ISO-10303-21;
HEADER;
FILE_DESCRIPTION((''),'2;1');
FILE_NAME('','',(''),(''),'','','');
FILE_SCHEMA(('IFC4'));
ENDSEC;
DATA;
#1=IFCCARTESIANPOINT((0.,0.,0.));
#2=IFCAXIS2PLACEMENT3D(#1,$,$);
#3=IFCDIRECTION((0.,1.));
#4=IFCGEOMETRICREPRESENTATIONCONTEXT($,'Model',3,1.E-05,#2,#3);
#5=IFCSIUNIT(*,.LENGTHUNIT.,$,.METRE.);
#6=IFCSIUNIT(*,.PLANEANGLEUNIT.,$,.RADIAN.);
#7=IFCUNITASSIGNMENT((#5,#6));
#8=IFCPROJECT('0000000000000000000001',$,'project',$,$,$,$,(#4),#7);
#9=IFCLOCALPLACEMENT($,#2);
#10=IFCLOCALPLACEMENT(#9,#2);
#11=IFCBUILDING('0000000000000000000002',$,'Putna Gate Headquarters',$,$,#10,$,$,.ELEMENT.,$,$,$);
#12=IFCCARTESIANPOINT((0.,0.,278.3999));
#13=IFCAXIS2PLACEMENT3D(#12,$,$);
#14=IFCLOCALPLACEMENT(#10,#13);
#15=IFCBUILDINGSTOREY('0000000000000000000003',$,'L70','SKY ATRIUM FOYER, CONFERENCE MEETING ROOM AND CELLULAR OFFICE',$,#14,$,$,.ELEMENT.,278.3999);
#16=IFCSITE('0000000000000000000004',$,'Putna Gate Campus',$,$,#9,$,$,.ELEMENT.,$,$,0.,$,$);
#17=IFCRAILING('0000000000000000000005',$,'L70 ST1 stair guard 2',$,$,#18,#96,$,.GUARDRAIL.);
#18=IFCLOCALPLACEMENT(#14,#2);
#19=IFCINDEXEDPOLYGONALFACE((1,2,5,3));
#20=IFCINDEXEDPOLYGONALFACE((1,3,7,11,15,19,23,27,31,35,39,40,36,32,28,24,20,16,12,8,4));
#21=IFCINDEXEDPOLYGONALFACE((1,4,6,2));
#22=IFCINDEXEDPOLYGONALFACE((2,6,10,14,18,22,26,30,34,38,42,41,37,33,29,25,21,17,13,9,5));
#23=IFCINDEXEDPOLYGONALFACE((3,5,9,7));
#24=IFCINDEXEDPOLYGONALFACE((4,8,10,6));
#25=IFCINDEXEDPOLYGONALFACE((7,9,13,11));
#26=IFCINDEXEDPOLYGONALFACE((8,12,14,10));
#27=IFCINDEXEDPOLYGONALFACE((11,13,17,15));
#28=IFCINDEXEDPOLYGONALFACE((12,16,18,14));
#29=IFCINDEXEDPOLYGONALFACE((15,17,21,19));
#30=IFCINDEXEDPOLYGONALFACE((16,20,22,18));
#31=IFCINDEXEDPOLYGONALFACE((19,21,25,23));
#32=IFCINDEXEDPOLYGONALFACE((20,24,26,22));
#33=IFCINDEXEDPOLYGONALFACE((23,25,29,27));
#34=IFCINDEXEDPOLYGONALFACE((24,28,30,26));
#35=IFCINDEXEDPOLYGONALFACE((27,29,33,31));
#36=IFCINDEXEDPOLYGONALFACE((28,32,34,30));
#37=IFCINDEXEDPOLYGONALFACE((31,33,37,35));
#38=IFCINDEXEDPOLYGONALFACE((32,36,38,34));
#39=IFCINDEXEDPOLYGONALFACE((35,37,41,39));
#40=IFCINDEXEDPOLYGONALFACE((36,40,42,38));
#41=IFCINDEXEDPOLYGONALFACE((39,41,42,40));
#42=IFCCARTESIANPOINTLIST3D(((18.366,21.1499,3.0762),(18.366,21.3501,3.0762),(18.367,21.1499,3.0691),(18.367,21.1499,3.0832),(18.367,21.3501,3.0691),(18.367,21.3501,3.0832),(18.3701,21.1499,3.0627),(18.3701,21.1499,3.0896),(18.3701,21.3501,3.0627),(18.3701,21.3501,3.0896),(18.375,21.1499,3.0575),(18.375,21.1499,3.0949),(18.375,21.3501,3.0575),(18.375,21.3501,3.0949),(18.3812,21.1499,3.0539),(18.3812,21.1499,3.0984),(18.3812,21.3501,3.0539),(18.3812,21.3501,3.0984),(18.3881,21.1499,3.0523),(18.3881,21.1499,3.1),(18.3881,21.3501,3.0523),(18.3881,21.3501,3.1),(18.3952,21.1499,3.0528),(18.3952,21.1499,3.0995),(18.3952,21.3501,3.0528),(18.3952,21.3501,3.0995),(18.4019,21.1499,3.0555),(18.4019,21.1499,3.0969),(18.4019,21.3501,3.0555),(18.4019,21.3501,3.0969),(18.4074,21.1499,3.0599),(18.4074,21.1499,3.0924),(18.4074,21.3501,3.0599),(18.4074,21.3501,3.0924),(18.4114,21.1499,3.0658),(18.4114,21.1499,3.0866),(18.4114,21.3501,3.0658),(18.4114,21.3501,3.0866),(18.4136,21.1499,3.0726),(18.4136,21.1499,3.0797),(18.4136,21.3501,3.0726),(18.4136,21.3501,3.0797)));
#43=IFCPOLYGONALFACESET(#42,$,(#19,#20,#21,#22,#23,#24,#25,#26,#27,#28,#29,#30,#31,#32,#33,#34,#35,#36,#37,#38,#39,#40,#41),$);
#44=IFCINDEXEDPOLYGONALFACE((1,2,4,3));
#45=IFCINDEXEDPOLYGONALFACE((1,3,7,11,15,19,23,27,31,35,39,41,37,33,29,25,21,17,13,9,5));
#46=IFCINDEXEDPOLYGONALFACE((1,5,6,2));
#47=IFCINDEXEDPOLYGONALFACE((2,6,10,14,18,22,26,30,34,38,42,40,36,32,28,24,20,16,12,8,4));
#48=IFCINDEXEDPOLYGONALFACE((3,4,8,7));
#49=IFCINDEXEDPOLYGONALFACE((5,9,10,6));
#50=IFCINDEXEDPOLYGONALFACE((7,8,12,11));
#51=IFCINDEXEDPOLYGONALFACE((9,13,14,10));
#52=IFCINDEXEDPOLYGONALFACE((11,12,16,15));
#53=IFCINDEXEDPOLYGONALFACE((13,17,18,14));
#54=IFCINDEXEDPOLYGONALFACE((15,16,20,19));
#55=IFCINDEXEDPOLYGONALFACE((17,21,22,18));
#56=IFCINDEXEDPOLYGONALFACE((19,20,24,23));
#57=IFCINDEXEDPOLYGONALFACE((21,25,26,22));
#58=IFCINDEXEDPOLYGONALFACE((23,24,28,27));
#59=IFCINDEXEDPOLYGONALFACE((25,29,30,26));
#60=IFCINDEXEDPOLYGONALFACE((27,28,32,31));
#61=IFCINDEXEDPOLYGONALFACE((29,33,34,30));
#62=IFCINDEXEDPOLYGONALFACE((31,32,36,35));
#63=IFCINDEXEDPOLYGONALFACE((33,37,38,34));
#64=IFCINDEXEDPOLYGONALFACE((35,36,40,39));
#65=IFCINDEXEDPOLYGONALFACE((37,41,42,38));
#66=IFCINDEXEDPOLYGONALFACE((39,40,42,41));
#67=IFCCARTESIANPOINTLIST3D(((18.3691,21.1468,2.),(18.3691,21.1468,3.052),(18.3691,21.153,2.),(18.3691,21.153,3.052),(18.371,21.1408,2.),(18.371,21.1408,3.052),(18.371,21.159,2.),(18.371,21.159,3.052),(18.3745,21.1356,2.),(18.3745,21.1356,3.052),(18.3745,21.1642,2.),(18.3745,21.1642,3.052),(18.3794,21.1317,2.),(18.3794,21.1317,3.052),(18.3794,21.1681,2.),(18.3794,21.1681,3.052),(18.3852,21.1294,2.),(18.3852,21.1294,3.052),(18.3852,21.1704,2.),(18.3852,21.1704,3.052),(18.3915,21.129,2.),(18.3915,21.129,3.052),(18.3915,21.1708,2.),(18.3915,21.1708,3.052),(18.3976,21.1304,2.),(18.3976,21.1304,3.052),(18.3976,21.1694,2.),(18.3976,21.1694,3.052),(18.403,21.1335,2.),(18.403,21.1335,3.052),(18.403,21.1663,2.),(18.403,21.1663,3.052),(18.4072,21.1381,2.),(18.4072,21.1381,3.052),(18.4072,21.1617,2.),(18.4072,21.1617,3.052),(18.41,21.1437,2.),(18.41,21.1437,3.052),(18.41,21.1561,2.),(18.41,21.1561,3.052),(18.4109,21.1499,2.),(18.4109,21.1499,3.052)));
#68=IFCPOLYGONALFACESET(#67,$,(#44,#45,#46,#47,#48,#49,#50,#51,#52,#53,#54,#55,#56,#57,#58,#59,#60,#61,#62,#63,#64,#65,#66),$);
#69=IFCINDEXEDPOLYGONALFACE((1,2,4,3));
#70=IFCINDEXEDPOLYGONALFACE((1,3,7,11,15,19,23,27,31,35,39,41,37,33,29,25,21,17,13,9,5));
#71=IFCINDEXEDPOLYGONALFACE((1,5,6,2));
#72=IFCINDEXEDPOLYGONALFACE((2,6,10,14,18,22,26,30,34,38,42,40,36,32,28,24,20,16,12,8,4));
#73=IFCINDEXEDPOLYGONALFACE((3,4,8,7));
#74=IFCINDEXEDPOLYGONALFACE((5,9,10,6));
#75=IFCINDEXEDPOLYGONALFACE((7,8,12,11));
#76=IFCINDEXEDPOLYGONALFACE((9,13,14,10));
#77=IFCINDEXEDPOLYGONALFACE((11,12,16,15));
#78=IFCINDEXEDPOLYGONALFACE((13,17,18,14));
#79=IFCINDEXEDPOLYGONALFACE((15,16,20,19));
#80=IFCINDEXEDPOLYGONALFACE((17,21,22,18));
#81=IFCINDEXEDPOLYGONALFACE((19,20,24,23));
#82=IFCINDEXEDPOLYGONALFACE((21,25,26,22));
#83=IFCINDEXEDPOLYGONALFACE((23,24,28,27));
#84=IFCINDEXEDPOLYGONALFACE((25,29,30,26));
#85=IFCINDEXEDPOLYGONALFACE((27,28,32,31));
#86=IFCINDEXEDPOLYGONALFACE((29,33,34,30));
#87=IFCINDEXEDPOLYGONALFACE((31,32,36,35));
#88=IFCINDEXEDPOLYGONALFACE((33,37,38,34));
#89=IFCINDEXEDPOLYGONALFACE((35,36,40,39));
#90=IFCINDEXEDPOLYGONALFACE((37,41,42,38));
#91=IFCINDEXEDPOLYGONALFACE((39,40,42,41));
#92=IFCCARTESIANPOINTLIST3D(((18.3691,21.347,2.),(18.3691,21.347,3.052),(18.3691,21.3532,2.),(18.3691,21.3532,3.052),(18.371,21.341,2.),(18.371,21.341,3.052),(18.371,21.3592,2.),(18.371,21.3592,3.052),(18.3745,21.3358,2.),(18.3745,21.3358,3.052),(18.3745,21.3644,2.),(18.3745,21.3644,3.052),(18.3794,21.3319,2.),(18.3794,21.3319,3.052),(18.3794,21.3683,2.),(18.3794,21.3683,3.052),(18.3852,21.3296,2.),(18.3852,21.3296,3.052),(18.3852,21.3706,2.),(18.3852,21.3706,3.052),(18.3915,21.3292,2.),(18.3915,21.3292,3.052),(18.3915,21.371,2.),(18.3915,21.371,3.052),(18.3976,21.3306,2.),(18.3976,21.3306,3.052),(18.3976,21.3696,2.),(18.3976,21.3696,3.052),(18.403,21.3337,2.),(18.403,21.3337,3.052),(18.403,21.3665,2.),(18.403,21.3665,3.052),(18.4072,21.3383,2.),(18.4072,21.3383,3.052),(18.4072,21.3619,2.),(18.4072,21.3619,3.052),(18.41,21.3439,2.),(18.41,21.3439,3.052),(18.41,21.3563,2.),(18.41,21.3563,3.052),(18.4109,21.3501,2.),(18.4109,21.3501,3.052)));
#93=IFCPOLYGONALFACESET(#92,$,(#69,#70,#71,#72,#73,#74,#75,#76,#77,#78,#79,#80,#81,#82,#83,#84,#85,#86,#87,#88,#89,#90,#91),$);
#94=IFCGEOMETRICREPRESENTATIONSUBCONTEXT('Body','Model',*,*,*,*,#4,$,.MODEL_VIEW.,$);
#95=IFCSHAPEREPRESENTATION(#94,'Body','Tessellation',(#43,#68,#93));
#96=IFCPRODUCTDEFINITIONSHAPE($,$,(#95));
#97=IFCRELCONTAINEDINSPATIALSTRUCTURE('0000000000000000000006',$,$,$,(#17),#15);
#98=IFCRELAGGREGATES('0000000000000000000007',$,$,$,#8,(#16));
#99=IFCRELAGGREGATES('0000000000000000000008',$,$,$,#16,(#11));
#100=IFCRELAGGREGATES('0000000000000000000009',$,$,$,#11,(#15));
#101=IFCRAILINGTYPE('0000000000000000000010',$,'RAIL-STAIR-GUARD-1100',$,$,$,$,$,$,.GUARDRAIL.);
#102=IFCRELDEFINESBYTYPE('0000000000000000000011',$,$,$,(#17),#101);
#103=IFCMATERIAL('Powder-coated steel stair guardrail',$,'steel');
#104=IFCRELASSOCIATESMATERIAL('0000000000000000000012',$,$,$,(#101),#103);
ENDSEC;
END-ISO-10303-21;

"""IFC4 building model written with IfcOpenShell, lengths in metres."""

from ifc_helpers import new_model, si_unit, direction, frame, origin, origin_2d, place, context, subcontext, project, spatial, circle, extrude, material, type_object, element, save


model = new_model("IFC4")

# Units and contexts
model_context = context("Model", 3, precision=1e-05, world=origin(), true_north=direction((0.0, 1.0)))
body_context = subcontext(model_context, "Body", "Model", "MODEL_VIEW")
ifc_project = project(units=[si_unit("LENGTHUNIT", "METRE"), si_unit("PLANEANGLEUNIT", "RADIAN")], contexts=[model_context])

# Site, building, storey
site_placement = place(None, origin())
site = spatial("IfcSite", under=ifc_project, at=site_placement, Name="Putna Gate Campus", CompositionType="ELEMENT", RefElevation=0.0)
building_placement = place(site_placement, origin())
building = spatial("IfcBuilding", under=site, at=building_placement, Name="Putna Gate Headquarters", CompositionType="ELEMENT")
storey_placement = place(building_placement, frame((0.0, 0.0, 278.3999)))
storey = spatial("IfcBuildingStorey", under=building, at=storey_placement, Name="L70", Description="SKY ATRIUM FOYER, CONFERENCE MEETING ROOM AND CELLULAR OFFICE", CompositionType="ELEMENT", Elevation=278.3999)

# Railing
ifc_material_1 = material(Name="Powder-coated steel stair guardrail", Category="steel")
railing_type = type_object("IfcRailingType", Name="RAIL-STAIR-GUARD-1100", PredefinedType="GUARDRAIL", material=ifc_material_1)
railing_1_placement = place(storey_placement, frame((18.3899, 21.1499, 2.0)))
element("IfcRailing", 1, at=railing_1_placement, inside=storey, type_object=railing_type, Name="L70 ST1 stair guard 2", PredefinedType="GUARDRAIL", context=body_context, shape_type="SweptSolid", body=[
    extrude(circle(Radius=0.0239, at=origin_2d()), frame((0.0, 0.0, 1.0762), z_axis=(0.0, 1.0, 0.0), x_axis=(-1.0, 0.0, 0.0)), (0.0, 0.0, 1.0), 0.2002),
    extrude(circle(Radius=0.021, at=origin_2d()), origin(), (0.0, 0.0, 1.0), 1.052),
    extrude(circle(Radius=0.021, at=origin_2d()), frame((0.0, 0.2002, 0.0)), (0.0, 0.0, 1.0), 1.052),
])

save(model, "model.ifc")
